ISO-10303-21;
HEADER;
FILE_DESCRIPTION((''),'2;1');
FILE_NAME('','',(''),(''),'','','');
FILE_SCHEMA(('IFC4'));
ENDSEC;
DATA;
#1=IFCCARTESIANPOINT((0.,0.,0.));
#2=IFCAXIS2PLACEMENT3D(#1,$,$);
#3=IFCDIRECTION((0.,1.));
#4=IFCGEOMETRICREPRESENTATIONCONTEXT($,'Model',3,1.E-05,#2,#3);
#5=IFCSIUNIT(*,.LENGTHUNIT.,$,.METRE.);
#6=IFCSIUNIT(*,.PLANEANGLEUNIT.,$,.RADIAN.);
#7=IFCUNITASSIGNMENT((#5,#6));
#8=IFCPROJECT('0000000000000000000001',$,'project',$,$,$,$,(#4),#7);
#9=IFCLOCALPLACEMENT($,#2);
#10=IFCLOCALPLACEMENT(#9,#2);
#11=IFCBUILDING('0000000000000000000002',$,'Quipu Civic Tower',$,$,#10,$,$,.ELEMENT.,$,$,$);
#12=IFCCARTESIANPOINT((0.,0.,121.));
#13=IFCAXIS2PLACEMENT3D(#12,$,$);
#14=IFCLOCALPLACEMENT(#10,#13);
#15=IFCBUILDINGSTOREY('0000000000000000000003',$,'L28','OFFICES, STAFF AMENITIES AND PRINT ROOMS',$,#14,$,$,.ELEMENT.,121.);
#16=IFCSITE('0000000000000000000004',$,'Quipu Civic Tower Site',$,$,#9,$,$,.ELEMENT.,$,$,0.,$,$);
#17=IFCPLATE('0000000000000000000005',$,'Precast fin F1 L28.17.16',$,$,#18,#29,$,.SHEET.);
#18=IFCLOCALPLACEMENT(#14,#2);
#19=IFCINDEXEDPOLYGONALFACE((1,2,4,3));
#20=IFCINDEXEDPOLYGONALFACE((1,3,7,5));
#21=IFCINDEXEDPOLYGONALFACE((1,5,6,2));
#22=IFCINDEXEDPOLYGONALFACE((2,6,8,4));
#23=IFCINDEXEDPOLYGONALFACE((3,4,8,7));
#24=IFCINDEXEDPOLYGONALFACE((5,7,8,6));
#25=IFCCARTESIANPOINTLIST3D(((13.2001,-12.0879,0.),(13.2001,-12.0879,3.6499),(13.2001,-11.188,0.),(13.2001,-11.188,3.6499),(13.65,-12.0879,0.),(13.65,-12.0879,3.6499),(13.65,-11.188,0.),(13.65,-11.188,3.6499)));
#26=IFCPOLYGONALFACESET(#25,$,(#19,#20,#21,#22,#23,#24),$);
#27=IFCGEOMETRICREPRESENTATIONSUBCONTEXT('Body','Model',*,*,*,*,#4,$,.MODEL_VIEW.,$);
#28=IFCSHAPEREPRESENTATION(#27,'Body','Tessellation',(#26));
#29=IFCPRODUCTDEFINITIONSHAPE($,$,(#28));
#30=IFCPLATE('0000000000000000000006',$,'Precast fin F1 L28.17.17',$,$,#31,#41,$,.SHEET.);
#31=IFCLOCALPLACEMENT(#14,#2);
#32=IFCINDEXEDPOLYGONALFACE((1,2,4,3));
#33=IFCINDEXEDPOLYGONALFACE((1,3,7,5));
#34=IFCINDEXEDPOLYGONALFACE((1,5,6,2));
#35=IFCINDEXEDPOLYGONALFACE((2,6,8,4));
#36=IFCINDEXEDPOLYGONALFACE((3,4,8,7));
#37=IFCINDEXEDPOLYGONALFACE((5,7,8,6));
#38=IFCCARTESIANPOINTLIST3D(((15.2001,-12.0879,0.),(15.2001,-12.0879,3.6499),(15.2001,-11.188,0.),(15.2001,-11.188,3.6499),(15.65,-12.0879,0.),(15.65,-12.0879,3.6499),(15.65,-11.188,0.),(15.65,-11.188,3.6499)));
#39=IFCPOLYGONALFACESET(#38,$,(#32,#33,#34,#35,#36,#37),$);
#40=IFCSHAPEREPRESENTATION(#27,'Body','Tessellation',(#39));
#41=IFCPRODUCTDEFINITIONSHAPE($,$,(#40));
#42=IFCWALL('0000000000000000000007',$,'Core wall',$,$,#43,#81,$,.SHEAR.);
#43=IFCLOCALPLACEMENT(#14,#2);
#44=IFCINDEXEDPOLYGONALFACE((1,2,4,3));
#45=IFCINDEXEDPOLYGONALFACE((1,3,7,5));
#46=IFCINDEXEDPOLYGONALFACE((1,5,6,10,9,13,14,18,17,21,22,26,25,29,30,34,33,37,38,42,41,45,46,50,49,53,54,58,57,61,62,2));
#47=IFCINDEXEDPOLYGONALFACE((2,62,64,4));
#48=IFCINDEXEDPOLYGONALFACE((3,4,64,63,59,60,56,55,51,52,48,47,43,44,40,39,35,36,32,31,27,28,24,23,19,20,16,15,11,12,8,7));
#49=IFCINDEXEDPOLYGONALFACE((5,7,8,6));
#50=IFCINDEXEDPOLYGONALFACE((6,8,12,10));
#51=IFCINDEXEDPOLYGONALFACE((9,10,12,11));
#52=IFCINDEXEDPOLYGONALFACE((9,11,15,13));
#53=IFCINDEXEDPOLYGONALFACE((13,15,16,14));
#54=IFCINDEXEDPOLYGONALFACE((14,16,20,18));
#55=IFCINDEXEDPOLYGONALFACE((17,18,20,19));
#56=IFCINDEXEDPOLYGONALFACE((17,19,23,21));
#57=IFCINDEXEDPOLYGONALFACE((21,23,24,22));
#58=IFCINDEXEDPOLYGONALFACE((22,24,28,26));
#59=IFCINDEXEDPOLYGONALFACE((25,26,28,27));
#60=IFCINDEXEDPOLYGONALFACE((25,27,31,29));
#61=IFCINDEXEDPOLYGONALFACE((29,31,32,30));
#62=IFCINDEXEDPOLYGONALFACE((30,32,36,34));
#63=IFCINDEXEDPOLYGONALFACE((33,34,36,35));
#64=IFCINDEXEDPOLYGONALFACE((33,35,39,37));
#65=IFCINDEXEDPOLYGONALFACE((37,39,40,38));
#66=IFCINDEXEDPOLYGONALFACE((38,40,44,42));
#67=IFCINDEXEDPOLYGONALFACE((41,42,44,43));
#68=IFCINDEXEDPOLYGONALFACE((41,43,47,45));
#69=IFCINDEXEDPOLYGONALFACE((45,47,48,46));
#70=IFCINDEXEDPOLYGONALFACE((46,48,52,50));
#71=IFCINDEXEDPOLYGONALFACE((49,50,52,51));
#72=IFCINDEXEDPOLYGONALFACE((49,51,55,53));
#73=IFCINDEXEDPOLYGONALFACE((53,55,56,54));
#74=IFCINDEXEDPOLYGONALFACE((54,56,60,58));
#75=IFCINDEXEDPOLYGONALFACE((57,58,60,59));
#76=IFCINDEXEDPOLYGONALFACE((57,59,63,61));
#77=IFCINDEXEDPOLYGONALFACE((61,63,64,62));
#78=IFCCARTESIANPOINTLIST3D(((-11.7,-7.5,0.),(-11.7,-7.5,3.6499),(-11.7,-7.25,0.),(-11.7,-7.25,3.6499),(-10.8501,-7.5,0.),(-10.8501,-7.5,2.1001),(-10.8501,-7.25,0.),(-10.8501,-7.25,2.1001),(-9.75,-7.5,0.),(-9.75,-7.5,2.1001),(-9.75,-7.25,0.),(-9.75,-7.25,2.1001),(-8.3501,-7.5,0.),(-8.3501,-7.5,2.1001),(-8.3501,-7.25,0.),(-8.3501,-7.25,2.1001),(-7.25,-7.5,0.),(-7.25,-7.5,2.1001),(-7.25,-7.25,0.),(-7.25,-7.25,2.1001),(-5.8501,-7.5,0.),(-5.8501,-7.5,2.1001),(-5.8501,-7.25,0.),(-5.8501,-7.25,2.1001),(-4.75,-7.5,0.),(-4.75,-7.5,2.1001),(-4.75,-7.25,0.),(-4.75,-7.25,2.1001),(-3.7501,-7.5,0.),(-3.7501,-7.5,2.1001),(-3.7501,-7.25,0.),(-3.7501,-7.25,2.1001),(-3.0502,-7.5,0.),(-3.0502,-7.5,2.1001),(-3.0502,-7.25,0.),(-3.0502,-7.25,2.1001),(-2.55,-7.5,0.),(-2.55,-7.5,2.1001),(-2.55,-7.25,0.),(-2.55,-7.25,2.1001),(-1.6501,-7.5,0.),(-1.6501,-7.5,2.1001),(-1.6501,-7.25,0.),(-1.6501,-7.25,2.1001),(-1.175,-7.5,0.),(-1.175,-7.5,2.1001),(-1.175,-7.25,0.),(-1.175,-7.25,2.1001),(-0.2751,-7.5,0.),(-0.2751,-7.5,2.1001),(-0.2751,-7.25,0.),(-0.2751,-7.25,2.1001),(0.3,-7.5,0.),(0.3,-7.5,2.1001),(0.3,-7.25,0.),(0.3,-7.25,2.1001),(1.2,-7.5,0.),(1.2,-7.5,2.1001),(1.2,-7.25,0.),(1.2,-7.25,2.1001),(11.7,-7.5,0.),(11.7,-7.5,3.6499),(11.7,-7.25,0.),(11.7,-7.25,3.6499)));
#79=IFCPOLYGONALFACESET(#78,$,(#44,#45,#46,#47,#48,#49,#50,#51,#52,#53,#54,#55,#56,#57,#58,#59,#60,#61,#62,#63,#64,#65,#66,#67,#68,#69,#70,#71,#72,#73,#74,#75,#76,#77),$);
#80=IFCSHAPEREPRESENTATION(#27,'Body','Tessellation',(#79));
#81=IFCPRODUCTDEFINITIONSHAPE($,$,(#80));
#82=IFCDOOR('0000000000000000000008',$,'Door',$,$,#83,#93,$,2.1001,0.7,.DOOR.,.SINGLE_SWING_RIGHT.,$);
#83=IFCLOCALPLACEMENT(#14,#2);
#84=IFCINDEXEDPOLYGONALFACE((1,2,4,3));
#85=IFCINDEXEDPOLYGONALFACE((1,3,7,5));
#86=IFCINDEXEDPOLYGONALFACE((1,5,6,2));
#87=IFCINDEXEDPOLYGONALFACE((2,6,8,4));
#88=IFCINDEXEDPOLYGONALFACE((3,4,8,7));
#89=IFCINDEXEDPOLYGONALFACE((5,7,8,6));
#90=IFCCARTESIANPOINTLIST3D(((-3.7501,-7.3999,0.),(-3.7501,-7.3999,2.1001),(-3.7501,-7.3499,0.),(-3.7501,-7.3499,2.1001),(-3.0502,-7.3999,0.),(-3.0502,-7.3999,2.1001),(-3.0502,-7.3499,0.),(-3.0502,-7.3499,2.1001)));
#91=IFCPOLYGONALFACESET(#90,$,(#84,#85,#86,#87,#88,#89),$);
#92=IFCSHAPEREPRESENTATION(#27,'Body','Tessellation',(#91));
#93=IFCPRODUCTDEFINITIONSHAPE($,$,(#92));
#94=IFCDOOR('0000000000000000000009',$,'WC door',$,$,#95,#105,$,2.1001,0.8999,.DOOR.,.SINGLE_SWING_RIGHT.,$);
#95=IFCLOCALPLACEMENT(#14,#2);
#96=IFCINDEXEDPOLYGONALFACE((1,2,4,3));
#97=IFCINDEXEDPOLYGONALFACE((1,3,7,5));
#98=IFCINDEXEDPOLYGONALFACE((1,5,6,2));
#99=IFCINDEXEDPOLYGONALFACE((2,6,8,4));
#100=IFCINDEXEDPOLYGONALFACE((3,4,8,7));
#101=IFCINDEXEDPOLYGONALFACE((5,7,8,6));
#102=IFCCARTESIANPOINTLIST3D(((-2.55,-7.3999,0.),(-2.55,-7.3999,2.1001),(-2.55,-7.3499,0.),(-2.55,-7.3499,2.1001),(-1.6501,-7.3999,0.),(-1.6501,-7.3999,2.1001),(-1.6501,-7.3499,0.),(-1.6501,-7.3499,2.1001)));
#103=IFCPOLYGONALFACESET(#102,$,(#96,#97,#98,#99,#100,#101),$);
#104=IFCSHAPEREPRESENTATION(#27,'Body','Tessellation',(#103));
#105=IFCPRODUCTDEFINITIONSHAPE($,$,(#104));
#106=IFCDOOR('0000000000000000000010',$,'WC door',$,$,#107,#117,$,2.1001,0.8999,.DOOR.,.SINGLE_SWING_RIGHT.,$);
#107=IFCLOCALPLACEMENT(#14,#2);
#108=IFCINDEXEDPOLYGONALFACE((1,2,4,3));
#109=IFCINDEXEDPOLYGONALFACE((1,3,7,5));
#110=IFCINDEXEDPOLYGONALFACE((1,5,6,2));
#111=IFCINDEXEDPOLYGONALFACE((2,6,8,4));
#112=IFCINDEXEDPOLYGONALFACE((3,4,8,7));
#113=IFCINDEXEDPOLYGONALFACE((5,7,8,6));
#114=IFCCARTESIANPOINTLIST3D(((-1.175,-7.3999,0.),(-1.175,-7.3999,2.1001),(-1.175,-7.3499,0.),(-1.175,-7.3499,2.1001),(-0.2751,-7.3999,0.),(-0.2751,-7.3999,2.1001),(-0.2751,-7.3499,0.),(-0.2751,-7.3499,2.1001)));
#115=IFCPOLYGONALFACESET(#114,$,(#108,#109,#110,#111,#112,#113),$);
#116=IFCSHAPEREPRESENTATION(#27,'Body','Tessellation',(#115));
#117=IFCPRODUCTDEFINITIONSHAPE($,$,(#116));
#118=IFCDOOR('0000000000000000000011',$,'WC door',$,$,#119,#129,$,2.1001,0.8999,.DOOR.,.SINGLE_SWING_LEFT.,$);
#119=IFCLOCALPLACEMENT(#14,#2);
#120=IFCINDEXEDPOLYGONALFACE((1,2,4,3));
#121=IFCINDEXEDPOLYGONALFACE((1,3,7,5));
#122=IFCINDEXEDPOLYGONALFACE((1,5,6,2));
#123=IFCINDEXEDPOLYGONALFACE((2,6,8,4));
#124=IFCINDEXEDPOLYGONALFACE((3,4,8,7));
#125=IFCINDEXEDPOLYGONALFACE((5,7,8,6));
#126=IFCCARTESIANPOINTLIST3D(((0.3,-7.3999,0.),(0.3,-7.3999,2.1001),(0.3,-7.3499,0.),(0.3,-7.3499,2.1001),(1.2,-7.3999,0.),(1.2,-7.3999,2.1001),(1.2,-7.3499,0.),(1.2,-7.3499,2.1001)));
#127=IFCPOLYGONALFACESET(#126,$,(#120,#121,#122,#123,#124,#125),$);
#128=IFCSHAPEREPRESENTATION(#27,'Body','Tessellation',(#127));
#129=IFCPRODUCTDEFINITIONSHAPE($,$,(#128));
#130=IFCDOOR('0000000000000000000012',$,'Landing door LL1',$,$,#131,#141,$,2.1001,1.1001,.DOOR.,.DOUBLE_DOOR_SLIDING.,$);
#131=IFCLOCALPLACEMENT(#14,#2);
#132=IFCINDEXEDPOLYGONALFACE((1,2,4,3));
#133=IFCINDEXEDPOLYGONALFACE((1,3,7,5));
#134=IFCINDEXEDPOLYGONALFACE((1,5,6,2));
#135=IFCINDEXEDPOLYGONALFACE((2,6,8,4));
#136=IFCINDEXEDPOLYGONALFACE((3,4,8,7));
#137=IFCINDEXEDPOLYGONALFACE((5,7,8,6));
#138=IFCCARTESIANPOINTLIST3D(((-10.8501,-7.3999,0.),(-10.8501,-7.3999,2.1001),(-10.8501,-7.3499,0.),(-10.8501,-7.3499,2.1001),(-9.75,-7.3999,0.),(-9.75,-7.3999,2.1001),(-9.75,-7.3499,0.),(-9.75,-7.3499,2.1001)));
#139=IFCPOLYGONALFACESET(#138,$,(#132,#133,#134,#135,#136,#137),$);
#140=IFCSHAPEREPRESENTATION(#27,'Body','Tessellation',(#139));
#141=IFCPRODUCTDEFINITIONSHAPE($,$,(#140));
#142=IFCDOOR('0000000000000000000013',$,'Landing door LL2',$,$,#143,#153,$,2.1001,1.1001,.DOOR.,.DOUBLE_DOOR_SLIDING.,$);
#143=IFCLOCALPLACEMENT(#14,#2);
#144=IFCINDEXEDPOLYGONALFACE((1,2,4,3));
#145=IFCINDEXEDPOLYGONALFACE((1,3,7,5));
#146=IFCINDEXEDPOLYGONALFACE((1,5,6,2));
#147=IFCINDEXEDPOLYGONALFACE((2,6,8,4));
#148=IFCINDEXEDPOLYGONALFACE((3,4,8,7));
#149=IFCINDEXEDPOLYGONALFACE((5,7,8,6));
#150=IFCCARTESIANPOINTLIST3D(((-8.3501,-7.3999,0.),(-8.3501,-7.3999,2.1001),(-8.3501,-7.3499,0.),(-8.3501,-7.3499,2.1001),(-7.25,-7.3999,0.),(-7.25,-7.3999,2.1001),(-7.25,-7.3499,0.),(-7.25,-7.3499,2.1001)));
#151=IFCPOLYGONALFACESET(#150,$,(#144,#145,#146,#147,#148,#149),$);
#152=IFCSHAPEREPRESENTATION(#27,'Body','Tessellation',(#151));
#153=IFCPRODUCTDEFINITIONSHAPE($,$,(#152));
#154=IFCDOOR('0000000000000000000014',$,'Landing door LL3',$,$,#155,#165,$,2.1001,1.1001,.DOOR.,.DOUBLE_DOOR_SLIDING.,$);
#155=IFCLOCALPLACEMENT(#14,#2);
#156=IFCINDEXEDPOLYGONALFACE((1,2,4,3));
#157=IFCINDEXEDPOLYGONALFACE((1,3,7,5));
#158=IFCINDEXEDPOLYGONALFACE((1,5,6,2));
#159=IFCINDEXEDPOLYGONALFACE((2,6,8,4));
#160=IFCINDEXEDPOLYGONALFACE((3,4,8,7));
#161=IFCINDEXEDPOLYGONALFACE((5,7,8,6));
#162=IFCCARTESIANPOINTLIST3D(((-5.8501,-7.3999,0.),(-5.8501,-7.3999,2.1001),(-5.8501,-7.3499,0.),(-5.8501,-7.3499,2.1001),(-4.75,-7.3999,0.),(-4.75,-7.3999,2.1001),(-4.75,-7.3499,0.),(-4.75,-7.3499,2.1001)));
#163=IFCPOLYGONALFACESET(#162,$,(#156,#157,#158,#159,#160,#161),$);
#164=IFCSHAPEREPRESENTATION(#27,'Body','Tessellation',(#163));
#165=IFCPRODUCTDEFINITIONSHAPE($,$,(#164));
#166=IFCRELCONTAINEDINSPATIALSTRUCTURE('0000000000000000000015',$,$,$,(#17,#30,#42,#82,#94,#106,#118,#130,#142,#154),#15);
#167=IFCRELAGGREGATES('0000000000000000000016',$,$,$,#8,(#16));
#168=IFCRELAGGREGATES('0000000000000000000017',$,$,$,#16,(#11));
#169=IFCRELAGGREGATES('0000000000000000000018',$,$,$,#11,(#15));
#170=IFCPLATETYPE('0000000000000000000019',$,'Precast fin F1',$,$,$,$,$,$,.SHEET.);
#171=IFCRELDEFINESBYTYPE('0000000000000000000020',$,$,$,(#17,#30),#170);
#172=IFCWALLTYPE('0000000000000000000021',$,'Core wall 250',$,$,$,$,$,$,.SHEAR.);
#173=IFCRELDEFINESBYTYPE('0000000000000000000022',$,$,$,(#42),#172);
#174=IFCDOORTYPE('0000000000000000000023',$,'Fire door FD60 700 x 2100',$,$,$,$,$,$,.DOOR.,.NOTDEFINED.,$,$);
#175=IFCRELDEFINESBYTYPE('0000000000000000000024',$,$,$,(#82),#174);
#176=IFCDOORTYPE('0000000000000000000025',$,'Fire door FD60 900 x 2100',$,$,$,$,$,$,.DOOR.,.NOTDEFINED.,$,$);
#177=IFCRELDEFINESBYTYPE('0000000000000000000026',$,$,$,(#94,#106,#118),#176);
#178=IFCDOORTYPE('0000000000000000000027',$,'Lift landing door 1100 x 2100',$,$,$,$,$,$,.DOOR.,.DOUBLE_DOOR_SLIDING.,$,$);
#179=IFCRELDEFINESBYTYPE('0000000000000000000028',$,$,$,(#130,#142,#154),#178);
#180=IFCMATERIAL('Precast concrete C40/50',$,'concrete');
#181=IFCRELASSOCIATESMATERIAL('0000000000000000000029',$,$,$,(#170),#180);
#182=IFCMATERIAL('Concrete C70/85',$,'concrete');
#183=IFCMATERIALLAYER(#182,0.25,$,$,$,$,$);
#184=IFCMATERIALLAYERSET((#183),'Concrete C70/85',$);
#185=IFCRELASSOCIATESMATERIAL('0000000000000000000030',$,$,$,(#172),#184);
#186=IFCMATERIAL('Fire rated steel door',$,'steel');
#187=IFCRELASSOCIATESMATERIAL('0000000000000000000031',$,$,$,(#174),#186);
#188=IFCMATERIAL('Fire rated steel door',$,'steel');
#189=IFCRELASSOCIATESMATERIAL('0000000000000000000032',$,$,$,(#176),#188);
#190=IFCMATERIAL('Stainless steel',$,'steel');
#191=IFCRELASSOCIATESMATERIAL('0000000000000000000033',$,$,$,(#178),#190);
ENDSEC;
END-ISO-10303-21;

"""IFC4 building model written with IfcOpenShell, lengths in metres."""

from ifc_helpers import new_model, si_unit, direction, frame, frame_2d, origin, origin_2d, place, context, subcontext, project, spatial, rectangle, extrude, material, layer, layer_set, type_object, element, fill, save


model = new_model("IFC4")

# Units and contexts
model_context = context("Model", 3, precision=1e-05, world=origin(), true_north=direction((0.0, 1.0)))
body_context = subcontext(model_context, "Body", "Model", "MODEL_VIEW")
ifc_project = project(units=[si_unit("LENGTHUNIT", "METRE"), si_unit("PLANEANGLEUNIT", "RADIAN")], contexts=[model_context])

# Site, building, storey
site_placement = place(None, origin())
site = spatial("IfcSite", under=ifc_project, at=site_placement, Name="Quipu Civic Tower Site", CompositionType="ELEMENT", RefElevation=0.0)
building_placement = place(site_placement, origin())
building = spatial("IfcBuilding", under=site, at=building_placement, Name="Quipu Civic Tower", CompositionType="ELEMENT")
storey_placement = place(building_placement, frame((0.0, 0.0, 121.0)))
storey = spatial("IfcBuildingStorey", under=building, at=storey_placement, Name="L28", Description="OFFICES, STAFF AMENITIES AND PRINT ROOMS", CompositionType="ELEMENT", Elevation=121.0)

# Plates
ifc_material_1 = material(Name="Precast concrete C40/50", Category="concrete")
plate_type = type_object("IfcPlateType", Name="Precast fin F1", PredefinedType="SHEET", material=ifc_material_1)
for number, where, z_axis, x_axis, name in (
    (1, (13.425, -11.6379, 0.0), (0.0, 0.0, 1.0), (1.0, 0.0, 0.0), "Precast fin F1 L28.17.16"),
    (2, (15.425, -11.6379, 0.0), (0.0, 0.0, 1.0), (1.0, 0.0, 0.0), "Precast fin F1 L28.17.17"),
):
    element("IfcPlate", number, at=place(storey_placement, frame(where, z_axis=z_axis, x_axis=x_axis)), inside=storey, type_object=plate_type, Name=name, PredefinedType="SHEET", context=body_context, shape_type="SweptSolid", body=[
        extrude(rectangle(XDim=0.45, YDim=0.8999, at=origin_2d()), origin(), (0.0, 0.0, 1.0), 3.6499),
    ])

# Wall, openings, doors
ifc_material_2 = material(Name="Concrete C70/85", Category="concrete")
ifc_layer_1 = layer(ifc_material_2, 0.25)
ifc_layer_set_1 = layer_set([ifc_layer_1], Name="Concrete C70/85")
wall_type_1 = type_object("IfcWallType", Name="Core wall 250", PredefinedType="SHEAR", material=ifc_layer_set_1)
wall_1_placement = place(storey_placement, frame((11.7, -7.375, 0.0), z_axis=(0.0, 0.0, 1.0), x_axis=(-1.0, 0.0, 0.0)))
wall_1 = element("IfcWall", 3, at=wall_1_placement, inside=storey, type_object=wall_type_1, Name="Core wall", PredefinedType="SHEAR", context=body_context, shape_type="SweptSolid", body=[
    extrude(rectangle(XDim=23.3999, YDim=0.25, at=frame_2d((11.7, 0.0))), origin(), (0.0, 0.0, 1.0), 3.6499),
])
opening_1_placement = place(wall_1_placement, frame((21.45, 0.0, 0.0)))
opening_1 = element("IfcOpeningElement", 4, at=opening_1_placement, cuts=wall_1, PredefinedType="OPENING", context=body_context, shape_type="SweptSolid", body=[
    extrude(rectangle(XDim=1.1001, YDim=2.1001, at=frame_2d((0.55, 1.05))), frame((0.0, 0.135, 0.0), z_axis=(0.0, -1.0, 0.0), x_axis=(1.0, 0.0, 0.0)), (0.0, 0.0, 1.0), 0.27),
])
opening_2_placement = place(wall_1_placement, frame((18.95, 0.0, 0.0)))
opening_2 = element("IfcOpeningElement", 5, at=opening_2_placement, cuts=wall_1, PredefinedType="OPENING", context=body_context, shape_type="SweptSolid", body=[
    extrude(rectangle(XDim=1.1001, YDim=2.1001, at=frame_2d((0.55, 1.05))), frame((0.0, 0.135, 0.0), z_axis=(0.0, -1.0, 0.0), x_axis=(1.0, 0.0, 0.0)), (0.0, 0.0, 1.0), 0.27),
])
opening_3_placement = place(wall_1_placement, frame((16.45, 0.0, 0.0)))
opening_3 = element("IfcOpeningElement", 6, at=opening_3_placement, cuts=wall_1, PredefinedType="OPENING", context=body_context, shape_type="SweptSolid", body=[
    extrude(rectangle(XDim=1.1001, YDim=2.1001, at=frame_2d((0.55, 1.05))), frame((0.0, 0.135, 0.0), z_axis=(0.0, -1.0, 0.0), x_axis=(1.0, 0.0, 0.0)), (0.0, 0.0, 1.0), 0.27),
])
opening_4_placement = place(wall_1_placement, frame((14.75, 0.0, 0.0)))
opening_4 = element("IfcOpeningElement", 7, at=opening_4_placement, cuts=wall_1, PredefinedType="OPENING", context=body_context, shape_type="SweptSolid", body=[
    extrude(rectangle(XDim=0.7, YDim=2.1001, at=frame_2d((0.3501, 1.05))), frame((0.0, 0.135, 0.0), z_axis=(0.0, -1.0, 0.0), x_axis=(1.0, 0.0, 0.0)), (0.0, 0.0, 1.0), 0.27),
])
opening_5_placement = place(wall_1_placement, frame((13.3501, 0.0, 0.0)))
opening_5 = element("IfcOpeningElement", 8, at=opening_5_placement, cuts=wall_1, PredefinedType="OPENING", context=body_context, shape_type="SweptSolid", body=[
    extrude(rectangle(XDim=0.8999, YDim=2.1001, at=frame_2d((0.45, 1.05))), frame((0.0, 0.135, 0.0), z_axis=(0.0, -1.0, 0.0), x_axis=(1.0, 0.0, 0.0)), (0.0, 0.0, 1.0), 0.27),
])
opening_6_placement = place(wall_1_placement, frame((11.9751, 0.0, 0.0)))
opening_6 = element("IfcOpeningElement", 9, at=opening_6_placement, cuts=wall_1, PredefinedType="OPENING", context=body_context, shape_type="SweptSolid", body=[
    extrude(rectangle(XDim=0.8999, YDim=2.1001, at=frame_2d((0.45, 1.05))), frame((0.0, 0.135, 0.0), z_axis=(0.0, -1.0, 0.0), x_axis=(1.0, 0.0, 0.0)), (0.0, 0.0, 1.0), 0.27),
])
opening_7_placement = place(wall_1_placement, frame((10.5, 0.0, 0.0)))
opening_7 = element("IfcOpeningElement", 10, at=opening_7_placement, cuts=wall_1, PredefinedType="OPENING", context=body_context, shape_type="SweptSolid", body=[
    extrude(rectangle(XDim=0.8999, YDim=2.1001, at=frame_2d((0.45, 1.05))), frame((0.0, 0.135, 0.0), z_axis=(0.0, -1.0, 0.0), x_axis=(1.0, 0.0, 0.0)), (0.0, 0.0, 1.0), 0.27),
])
ifc_material_3 = material(Name="Fire rated steel door", Category="steel")
door_type_1 = type_object("IfcDoorType", Name="Fire door FD60 700 x 2100", OperationType="NOTDEFINED", PredefinedType="DOOR", material=ifc_material_3)
door_1_placement = place(opening_4_placement, origin())
door_1 = element("IfcDoor", 11, at=door_1_placement, inside=storey, type_object=door_type_1, Name="Door", OperationType="SINGLE_SWING_RIGHT", OverallHeight=2.1001, OverallWidth=0.7, PredefinedType="DOOR", context=body_context, shape_type="SweptSolid", body=[
    extrude(rectangle(XDim=0.7, YDim=2.1001, at=frame_2d((0.3501, 1.05))), frame((0.0, 0.0249, 0.0), z_axis=(0.0, -1.0, 0.0), x_axis=(1.0, 0.0, 0.0)), (0.0, 0.0, 1.0), 0.05),
])
fill(opening_4, door_1)
ifc_material_4 = material(Name="Fire rated steel door", Category="steel")
door_type_2 = type_object("IfcDoorType", Name="Fire door FD60 900 x 2100", OperationType="NOTDEFINED", PredefinedType="DOOR", material=ifc_material_4)
door_2_placement = place(opening_5_placement, origin())
door_2 = element("IfcDoor", 12, at=door_2_placement, inside=storey, type_object=door_type_2, Name="WC door", OperationType="SINGLE_SWING_RIGHT", OverallHeight=2.1001, OverallWidth=0.8999, PredefinedType="DOOR", context=body_context, shape_type="SweptSolid", body=[
    extrude(rectangle(XDim=0.8999, YDim=2.1001, at=frame_2d((0.45, 1.05))), frame((0.0, 0.0249, 0.0), z_axis=(0.0, -1.0, 0.0), x_axis=(1.0, 0.0, 0.0)), (0.0, 0.0, 1.0), 0.05),
])
fill(opening_5, door_2)
door_3_placement = place(opening_6_placement, origin())
door_3 = element("IfcDoor", 13, at=door_3_placement, inside=storey, type_object=door_type_2, Name="WC door", OperationType="SINGLE_SWING_RIGHT", OverallHeight=2.1001, OverallWidth=0.8999, PredefinedType="DOOR", context=body_context, shape_type="SweptSolid", body=[
    extrude(rectangle(XDim=0.8999, YDim=2.1001, at=frame_2d((0.45, 1.05))), frame((0.0, 0.0249, 0.0), z_axis=(0.0, -1.0, 0.0), x_axis=(1.0, 0.0, 0.0)), (0.0, 0.0, 1.0), 0.05),
])
fill(opening_6, door_3)
door_4_placement = place(opening_7_placement, origin())
door_4 = element("IfcDoor", 14, at=door_4_placement, inside=storey, type_object=door_type_2, Name="WC door", OperationType="SINGLE_SWING_LEFT", OverallHeight=2.1001, OverallWidth=0.8999, PredefinedType="DOOR", context=body_context, shape_type="SweptSolid", body=[
    extrude(rectangle(XDim=0.8999, YDim=2.1001, at=frame_2d((0.45, 1.05))), frame((0.0, 0.0249, 0.0), z_axis=(0.0, -1.0, 0.0), x_axis=(1.0, 0.0, 0.0)), (0.0, 0.0, 1.0), 0.05),
])
fill(opening_7, door_4)
ifc_material_5 = material(Name="Stainless steel", Category="steel")
door_type_3 = type_object("IfcDoorType", Name="Lift landing door 1100 x 2100", OperationType="DOUBLE_DOOR_SLIDING", PredefinedType="DOOR", material=ifc_material_5)
door_5_placement = place(opening_1_placement, origin())
door_5 = element("IfcDoor", 15, at=door_5_placement, inside=storey, type_object=door_type_3, Name="Landing door LL1", OperationType="DOUBLE_DOOR_SLIDING", OverallHeight=2.1001, OverallWidth=1.1001, PredefinedType="DOOR", context=body_context, shape_type="SweptSolid", body=[
    extrude(rectangle(XDim=1.1001, YDim=2.1001, at=frame_2d((0.55, 1.05))), frame((0.0, 0.0249, 0.0), z_axis=(0.0, -1.0, 0.0), x_axis=(1.0, 0.0, 0.0)), (0.0, 0.0, 1.0), 0.05),
])
fill(opening_1, door_5)
door_6_placement = place(opening_2_placement, origin())
door_6 = element("IfcDoor", 16, at=door_6_placement, inside=storey, type_object=door_type_3, Name="Landing door LL2", OperationType="DOUBLE_DOOR_SLIDING", OverallHeight=2.1001, OverallWidth=1.1001, PredefinedType="DOOR", context=body_context, shape_type="SweptSolid", body=[
    extrude(rectangle(XDim=1.1001, YDim=2.1001, at=frame_2d((0.55, 1.05))), frame((0.0, 0.0249, 0.0), z_axis=(0.0, -1.0, 0.0), x_axis=(1.0, 0.0, 0.0)), (0.0, 0.0, 1.0), 0.05),
])
fill(opening_2, door_6)
door_7_placement = place(opening_3_placement, origin())
door_7 = element("IfcDoor", 17, at=door_7_placement, inside=storey, type_object=door_type_3, Name="Landing door LL3", OperationType="DOUBLE_DOOR_SLIDING", OverallHeight=2.1001, OverallWidth=1.1001, PredefinedType="DOOR", context=body_context, shape_type="SweptSolid", body=[
    extrude(rectangle(XDim=1.1001, YDim=2.1001, at=frame_2d((0.55, 1.05))), frame((0.0, 0.0249, 0.0), z_axis=(0.0, -1.0, 0.0), x_axis=(1.0, 0.0, 0.0)), (0.0, 0.0, 1.0), 0.05),
])
fill(opening_3, door_7)

save(model, "model.ifc")
